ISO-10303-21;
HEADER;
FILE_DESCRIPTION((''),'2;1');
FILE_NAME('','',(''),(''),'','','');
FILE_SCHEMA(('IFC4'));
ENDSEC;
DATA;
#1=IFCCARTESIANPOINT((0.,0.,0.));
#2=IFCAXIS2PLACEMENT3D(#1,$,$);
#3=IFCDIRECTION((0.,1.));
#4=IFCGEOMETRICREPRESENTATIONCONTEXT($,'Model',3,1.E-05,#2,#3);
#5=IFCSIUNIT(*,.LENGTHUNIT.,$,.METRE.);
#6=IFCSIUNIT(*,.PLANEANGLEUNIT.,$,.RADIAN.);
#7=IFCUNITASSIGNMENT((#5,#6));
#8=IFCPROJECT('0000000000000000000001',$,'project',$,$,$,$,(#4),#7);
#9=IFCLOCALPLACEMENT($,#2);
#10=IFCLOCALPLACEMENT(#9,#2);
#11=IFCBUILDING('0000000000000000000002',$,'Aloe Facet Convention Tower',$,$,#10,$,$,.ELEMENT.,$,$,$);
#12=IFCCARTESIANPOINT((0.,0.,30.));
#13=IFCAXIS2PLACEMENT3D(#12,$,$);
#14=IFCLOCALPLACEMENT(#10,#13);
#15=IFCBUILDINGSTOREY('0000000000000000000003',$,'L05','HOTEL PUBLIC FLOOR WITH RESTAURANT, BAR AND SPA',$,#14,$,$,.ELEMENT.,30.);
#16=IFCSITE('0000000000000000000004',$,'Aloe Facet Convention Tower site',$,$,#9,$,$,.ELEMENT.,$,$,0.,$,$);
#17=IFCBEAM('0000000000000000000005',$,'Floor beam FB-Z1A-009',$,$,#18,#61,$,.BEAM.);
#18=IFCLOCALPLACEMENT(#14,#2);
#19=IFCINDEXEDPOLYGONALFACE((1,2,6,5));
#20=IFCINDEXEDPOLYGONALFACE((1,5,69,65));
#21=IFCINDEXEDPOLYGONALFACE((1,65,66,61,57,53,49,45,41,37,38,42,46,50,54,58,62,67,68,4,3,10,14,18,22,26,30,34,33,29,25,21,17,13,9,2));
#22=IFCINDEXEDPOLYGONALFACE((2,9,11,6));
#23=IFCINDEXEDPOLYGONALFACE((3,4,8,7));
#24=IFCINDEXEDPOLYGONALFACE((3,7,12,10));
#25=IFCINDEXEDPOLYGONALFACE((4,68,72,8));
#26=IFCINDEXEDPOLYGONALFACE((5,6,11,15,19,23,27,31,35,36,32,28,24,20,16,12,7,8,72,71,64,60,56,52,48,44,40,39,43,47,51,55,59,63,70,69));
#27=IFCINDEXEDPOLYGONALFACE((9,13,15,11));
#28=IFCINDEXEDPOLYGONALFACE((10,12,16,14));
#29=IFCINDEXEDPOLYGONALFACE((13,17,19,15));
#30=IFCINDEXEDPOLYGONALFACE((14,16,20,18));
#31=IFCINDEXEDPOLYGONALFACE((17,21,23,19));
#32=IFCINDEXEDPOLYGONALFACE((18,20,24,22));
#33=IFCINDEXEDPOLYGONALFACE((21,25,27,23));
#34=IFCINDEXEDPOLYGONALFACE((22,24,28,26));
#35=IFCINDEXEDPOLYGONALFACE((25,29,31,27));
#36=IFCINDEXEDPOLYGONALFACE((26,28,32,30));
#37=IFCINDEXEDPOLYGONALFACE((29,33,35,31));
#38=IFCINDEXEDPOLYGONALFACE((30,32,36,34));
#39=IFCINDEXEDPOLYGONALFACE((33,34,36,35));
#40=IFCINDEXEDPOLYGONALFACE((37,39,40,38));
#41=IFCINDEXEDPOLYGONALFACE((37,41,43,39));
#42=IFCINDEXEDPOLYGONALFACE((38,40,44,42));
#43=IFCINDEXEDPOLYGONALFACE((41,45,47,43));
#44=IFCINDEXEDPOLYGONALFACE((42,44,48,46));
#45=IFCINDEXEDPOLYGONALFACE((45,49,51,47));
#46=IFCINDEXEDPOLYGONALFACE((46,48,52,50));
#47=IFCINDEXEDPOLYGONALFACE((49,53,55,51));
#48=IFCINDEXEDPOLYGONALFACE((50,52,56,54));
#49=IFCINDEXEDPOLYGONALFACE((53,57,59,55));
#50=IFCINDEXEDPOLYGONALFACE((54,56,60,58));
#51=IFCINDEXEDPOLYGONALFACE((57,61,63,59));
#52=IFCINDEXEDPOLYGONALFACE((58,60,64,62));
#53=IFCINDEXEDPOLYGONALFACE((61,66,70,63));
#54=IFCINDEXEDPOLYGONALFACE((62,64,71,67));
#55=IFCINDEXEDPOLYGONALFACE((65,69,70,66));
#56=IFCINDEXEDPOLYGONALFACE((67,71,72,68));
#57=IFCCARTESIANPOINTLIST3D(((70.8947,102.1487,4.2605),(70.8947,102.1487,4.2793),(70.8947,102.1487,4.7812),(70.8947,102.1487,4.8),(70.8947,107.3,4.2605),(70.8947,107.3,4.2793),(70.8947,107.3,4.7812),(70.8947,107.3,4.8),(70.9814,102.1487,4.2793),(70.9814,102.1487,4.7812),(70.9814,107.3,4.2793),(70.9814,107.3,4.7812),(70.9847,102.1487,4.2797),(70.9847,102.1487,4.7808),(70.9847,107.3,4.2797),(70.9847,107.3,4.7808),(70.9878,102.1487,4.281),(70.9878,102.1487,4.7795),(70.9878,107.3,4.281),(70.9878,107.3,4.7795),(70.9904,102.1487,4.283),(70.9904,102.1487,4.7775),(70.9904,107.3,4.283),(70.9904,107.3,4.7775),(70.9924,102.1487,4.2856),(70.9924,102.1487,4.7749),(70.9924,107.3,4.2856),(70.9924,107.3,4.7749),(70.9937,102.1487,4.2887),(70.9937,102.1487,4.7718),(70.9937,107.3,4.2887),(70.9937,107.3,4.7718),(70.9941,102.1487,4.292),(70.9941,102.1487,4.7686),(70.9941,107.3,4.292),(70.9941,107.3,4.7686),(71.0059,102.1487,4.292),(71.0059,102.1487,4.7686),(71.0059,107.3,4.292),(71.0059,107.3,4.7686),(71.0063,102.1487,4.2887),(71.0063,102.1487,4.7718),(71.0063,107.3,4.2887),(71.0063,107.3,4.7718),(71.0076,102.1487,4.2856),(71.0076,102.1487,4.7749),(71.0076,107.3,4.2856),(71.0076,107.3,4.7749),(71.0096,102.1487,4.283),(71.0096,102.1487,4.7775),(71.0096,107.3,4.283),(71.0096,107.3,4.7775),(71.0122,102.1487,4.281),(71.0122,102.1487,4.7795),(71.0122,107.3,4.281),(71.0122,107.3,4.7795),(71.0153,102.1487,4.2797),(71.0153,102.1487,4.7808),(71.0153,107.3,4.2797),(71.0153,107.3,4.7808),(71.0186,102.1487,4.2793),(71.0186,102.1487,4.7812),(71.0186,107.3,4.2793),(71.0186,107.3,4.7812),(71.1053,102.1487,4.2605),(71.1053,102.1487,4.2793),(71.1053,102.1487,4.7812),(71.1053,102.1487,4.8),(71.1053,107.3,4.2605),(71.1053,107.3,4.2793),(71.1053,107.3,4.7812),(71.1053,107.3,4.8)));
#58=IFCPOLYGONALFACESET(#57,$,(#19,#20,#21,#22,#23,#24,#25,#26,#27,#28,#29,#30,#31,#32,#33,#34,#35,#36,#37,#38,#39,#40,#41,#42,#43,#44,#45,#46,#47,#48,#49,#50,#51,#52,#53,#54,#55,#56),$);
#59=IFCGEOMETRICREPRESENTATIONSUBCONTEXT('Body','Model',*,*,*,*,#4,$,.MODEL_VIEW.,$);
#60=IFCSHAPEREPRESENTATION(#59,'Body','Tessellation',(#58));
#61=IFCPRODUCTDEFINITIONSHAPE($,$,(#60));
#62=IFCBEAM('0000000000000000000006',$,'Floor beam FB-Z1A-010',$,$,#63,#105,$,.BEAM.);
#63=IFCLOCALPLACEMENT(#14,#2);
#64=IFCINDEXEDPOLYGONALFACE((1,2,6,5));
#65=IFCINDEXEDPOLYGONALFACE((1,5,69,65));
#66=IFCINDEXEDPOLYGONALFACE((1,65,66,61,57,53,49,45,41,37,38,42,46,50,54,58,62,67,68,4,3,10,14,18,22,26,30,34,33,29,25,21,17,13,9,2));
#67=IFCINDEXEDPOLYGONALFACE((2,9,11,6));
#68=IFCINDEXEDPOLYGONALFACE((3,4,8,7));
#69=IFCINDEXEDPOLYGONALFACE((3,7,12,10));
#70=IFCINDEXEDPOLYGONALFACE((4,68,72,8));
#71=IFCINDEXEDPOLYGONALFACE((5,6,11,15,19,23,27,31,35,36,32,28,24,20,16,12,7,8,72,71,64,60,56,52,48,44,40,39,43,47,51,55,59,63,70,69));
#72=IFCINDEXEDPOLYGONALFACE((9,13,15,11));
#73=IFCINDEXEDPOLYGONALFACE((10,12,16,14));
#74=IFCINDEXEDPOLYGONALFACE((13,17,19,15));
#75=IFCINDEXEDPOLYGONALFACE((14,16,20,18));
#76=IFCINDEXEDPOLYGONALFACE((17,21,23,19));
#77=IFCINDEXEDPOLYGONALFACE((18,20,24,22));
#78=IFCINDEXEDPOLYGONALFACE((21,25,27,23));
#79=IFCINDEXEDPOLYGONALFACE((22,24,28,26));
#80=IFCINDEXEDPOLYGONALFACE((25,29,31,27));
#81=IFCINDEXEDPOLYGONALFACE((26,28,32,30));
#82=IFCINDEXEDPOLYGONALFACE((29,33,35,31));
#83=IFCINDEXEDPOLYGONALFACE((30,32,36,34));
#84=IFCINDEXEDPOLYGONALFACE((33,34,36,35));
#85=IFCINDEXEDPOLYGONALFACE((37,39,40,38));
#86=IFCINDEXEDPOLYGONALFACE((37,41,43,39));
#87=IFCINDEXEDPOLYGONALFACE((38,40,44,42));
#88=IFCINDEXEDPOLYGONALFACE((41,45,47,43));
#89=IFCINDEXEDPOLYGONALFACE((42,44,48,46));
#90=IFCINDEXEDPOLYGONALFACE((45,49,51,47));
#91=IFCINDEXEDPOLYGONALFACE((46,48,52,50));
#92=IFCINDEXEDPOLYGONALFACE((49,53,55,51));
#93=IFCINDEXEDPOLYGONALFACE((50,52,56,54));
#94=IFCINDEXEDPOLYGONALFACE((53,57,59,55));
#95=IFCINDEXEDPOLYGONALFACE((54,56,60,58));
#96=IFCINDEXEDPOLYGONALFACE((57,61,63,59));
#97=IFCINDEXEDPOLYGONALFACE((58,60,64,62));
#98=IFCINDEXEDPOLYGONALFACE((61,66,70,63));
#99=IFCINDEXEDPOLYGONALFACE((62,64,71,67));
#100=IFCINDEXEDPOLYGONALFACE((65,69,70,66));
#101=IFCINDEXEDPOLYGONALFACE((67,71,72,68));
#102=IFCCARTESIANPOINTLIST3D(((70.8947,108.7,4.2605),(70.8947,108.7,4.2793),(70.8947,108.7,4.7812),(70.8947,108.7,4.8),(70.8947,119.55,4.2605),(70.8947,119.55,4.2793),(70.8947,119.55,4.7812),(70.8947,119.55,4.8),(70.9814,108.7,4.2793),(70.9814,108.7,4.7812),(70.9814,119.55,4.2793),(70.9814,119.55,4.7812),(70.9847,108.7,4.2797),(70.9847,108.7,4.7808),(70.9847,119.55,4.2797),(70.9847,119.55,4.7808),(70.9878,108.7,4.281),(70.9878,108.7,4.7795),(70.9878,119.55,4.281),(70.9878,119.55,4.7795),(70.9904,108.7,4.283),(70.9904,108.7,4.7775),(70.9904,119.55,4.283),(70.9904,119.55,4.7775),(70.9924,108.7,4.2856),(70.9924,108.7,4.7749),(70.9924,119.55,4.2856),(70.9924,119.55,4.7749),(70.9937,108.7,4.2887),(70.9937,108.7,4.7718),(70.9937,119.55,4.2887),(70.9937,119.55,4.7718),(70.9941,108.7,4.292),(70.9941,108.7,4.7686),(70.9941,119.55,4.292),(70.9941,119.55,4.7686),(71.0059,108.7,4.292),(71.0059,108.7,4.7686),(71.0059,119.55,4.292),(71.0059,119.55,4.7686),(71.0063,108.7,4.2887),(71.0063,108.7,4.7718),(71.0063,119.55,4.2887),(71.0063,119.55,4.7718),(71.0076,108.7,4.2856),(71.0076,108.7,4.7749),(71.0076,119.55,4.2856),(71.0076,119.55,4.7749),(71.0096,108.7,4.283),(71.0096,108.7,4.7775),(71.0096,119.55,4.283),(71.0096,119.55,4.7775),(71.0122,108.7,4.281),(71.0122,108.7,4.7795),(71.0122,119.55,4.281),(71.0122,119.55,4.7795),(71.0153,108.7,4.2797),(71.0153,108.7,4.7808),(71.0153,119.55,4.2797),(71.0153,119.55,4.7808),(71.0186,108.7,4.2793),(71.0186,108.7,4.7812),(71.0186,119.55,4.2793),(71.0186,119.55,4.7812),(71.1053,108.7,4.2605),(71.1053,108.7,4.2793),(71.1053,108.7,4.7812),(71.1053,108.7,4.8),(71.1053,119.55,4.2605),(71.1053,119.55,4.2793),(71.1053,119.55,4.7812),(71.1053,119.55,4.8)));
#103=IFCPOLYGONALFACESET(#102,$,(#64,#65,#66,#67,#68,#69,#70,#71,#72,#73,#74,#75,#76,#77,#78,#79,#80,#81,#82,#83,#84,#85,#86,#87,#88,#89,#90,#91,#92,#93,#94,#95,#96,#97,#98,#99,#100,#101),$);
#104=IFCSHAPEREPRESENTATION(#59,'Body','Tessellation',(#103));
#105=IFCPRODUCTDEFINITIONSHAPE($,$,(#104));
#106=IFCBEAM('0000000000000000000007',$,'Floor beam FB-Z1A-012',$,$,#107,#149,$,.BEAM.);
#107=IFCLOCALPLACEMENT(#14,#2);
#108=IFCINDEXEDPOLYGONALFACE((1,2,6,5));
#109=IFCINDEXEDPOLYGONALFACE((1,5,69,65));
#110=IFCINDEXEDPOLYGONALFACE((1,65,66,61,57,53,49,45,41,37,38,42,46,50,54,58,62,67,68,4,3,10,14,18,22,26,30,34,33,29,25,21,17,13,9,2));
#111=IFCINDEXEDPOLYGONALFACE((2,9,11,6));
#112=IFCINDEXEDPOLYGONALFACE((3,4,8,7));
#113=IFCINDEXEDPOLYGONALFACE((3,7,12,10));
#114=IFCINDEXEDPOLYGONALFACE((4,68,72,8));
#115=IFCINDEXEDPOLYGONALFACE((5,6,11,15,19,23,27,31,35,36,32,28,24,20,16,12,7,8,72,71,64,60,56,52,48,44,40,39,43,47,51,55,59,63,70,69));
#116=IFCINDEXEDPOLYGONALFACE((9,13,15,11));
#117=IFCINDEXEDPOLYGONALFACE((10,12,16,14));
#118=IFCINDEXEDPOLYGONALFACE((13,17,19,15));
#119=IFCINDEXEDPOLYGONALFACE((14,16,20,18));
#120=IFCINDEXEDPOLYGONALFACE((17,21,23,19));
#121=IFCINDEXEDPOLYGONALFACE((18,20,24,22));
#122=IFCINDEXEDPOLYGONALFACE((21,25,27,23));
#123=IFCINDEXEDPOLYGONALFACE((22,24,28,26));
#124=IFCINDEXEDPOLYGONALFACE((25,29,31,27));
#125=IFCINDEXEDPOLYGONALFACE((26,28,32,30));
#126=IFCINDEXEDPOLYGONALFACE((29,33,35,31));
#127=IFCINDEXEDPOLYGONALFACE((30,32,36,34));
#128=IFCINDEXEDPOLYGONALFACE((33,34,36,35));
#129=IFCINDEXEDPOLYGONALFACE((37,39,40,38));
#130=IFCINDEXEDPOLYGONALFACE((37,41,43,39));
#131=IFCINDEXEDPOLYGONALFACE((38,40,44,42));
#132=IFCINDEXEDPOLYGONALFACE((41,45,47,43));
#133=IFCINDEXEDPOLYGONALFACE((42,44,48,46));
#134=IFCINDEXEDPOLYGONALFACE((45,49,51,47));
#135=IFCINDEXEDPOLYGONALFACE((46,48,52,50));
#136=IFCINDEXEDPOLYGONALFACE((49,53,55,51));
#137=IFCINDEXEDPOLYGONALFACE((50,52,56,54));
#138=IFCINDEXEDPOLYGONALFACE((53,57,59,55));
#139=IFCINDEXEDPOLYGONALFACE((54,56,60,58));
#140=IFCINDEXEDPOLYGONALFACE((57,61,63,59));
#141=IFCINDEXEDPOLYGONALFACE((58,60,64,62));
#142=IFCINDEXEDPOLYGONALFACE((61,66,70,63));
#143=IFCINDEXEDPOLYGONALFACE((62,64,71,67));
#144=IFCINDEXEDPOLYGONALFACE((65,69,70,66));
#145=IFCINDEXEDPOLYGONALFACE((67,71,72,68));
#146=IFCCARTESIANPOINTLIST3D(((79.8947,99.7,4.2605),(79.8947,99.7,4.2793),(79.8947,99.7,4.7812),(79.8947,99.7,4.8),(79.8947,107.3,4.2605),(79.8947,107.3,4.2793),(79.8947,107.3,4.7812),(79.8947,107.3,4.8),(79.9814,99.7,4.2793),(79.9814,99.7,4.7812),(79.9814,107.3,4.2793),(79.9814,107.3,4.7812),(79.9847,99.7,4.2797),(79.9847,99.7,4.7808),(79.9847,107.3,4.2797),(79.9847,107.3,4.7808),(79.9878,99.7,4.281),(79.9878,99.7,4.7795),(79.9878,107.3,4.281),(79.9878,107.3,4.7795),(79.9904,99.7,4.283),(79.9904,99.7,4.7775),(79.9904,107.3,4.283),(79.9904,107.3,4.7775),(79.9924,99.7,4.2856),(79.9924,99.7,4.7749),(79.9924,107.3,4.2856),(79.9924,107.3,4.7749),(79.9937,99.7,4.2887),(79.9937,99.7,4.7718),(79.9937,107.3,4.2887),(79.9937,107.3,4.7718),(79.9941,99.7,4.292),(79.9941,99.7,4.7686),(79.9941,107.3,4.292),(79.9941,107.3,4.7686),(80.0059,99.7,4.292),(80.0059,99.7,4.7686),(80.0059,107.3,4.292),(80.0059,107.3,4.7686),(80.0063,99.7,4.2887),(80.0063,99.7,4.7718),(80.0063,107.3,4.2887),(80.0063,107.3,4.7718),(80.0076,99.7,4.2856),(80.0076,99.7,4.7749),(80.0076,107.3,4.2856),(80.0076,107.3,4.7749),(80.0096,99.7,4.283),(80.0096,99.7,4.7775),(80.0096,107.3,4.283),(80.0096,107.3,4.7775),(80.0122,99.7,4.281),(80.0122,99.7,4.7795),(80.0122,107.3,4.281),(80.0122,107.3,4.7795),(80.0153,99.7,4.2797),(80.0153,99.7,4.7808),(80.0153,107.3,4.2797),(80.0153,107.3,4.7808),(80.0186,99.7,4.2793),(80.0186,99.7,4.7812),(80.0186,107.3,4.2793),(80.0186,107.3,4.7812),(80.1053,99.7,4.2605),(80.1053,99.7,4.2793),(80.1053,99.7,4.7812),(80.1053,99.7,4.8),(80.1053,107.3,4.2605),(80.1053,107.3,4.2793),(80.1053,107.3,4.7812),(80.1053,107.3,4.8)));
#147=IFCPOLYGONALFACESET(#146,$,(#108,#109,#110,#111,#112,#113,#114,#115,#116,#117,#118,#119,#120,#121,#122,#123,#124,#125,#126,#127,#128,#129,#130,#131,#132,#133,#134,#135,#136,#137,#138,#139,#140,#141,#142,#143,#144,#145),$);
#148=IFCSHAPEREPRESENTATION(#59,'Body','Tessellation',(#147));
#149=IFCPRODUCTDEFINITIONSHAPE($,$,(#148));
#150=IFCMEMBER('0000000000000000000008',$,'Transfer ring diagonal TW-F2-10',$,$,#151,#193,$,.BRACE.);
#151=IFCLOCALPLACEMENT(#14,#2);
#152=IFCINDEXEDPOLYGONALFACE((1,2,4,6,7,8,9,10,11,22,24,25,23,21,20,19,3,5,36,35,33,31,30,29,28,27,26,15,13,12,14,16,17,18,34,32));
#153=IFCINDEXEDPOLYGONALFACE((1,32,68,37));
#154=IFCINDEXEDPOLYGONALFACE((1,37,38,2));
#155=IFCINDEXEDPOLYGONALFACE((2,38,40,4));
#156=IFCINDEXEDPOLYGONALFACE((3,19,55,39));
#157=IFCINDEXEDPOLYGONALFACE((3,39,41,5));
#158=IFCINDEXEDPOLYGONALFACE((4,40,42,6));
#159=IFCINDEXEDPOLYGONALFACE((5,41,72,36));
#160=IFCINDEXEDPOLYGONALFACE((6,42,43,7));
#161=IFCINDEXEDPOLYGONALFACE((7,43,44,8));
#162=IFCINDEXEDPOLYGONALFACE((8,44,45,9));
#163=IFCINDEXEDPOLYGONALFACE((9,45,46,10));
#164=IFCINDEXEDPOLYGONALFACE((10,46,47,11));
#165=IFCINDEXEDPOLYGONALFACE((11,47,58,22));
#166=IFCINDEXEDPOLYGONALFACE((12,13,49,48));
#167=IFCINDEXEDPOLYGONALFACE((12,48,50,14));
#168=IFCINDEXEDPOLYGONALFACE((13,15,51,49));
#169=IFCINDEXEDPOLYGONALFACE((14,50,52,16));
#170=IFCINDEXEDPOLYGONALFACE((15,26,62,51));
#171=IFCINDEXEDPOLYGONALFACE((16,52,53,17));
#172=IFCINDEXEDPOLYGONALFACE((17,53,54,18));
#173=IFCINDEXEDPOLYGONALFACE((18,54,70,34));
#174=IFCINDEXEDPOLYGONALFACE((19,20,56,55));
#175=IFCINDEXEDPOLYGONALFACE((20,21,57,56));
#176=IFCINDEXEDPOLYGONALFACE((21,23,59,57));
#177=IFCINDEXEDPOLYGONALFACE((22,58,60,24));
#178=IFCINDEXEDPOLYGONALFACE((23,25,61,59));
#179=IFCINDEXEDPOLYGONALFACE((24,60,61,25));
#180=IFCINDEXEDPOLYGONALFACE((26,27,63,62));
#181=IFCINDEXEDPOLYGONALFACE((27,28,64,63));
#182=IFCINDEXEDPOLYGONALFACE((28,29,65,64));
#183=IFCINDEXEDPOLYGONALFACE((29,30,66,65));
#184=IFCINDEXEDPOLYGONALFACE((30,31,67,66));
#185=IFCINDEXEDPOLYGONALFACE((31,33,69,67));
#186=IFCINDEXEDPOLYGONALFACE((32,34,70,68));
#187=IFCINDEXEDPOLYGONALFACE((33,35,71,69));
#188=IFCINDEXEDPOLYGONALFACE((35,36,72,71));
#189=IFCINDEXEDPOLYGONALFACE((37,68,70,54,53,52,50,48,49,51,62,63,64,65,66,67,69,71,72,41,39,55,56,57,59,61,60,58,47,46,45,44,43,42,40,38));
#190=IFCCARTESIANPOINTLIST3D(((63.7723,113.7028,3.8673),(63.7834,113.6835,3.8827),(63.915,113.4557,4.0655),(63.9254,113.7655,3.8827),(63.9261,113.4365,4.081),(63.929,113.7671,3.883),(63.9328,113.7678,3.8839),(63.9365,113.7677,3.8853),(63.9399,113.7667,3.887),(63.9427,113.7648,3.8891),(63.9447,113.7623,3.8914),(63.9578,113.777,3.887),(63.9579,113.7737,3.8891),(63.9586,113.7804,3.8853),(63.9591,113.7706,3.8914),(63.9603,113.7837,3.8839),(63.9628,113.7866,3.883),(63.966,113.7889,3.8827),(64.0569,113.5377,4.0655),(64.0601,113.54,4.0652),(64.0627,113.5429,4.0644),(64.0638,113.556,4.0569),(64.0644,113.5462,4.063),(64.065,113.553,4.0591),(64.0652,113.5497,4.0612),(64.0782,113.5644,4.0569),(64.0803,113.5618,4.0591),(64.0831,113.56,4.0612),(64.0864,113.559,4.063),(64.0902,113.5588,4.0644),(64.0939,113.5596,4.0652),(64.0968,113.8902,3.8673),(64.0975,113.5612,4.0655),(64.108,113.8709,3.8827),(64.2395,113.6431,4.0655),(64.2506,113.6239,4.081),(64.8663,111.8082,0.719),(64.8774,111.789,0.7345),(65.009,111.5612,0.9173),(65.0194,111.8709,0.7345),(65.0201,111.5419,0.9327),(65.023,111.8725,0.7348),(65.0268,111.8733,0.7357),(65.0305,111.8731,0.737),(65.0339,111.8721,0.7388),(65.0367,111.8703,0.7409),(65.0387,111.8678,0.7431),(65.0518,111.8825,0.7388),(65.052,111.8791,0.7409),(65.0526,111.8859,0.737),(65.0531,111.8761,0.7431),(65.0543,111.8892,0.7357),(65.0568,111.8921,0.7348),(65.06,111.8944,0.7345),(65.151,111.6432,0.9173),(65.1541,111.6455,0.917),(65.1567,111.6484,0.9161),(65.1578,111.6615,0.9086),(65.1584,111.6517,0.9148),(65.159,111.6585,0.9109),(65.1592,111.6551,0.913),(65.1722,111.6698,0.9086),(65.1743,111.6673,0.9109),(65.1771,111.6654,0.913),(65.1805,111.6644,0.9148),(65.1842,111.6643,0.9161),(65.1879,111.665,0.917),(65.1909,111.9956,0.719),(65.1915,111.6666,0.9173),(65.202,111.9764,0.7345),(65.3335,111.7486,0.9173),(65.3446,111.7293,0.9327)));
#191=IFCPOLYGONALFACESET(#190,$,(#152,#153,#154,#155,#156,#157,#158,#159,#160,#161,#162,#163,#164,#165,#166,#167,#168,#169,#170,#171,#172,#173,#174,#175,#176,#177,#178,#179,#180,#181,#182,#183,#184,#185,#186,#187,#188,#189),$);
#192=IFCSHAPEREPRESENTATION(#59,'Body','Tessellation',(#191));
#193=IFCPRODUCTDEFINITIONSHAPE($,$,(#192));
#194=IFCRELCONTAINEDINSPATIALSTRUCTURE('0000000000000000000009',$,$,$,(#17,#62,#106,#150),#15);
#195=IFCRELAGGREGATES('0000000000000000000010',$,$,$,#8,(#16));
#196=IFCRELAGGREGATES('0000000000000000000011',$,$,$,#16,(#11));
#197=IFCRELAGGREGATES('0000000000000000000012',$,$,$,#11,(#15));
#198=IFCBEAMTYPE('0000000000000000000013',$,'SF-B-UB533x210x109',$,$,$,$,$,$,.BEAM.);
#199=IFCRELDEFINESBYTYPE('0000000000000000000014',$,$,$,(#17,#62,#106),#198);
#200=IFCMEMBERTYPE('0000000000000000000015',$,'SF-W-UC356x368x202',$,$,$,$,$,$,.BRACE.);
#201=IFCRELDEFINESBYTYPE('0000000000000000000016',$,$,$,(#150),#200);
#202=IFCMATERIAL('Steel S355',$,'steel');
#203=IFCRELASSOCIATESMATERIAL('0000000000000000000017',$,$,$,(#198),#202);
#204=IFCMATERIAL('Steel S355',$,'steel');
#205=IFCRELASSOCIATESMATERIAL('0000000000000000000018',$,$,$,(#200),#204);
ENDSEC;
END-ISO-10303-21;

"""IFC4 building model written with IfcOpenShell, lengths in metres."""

from ifc_helpers import new_model, si_unit, direction, frame, origin, origin_2d, place, context, subcontext, project, spatial, i_section, extrude, material, material_profile, profile_set, type_object, element, save


model = new_model("IFC4")

# Units and contexts
model_context = context("Model", 3, precision=1e-05, world=origin(), true_north=direction((0.0, 1.0)))
body_context = subcontext(model_context, "Body", "Model", "MODEL_VIEW")
ifc_project = project(units=[si_unit("LENGTHUNIT", "METRE"), si_unit("PLANEANGLEUNIT", "RADIAN")], contexts=[model_context])

# Site, building, storey
site_placement = place(None, origin())
site = spatial("IfcSite", under=ifc_project, at=site_placement, Name="Aloe Facet Convention Tower site", CompositionType="ELEMENT", RefElevation=0.0)
building_placement = place(site_placement, origin())
building = spatial("IfcBuilding", under=site, at=building_placement, Name="Aloe Facet Convention Tower", CompositionType="ELEMENT")
storey_placement = place(building_placement, frame((0.0, 0.0, 30.0)))
storey = spatial("IfcBuildingStorey", under=building, at=storey_placement, Name="L05", Description="HOTEL PUBLIC FLOOR WITH RESTAURANT, BAR AND SPA", CompositionType="ELEMENT", Elevation=30.0)

# Beams
ifc_material_1 = material(Name="Steel S355", Category="steel")
ifc_material_profile_1 = material_profile(ifc_material_1, i_section(OverallWidth=0.2107, OverallDepth=0.5396, WebThickness=0.0117, FlangeThickness=0.0188, FilletRadius=0.0127, at=origin_2d()), Name="UB 533x210x109")
ifc_profile_set_1 = profile_set([ifc_material_profile_1], Name="Steel S355")
beam_type_1 = type_object("IfcBeamType", Name="SF-B-UB533x210x109", PredefinedType="BEAM", material=ifc_profile_set_1)
beam_1_placement = place(storey_placement, frame((71.0, 107.3, 4.5303), z_axis=(0.0, -1.0, 0.0), x_axis=(1.0, 0.0, 0.0)))
element("IfcBeam", 1, at=beam_1_placement, inside=storey, type_object=beam_type_1, Name="Floor beam FB-Z1A-009", PredefinedType="BEAM", context=body_context, shape_type="SweptSolid", body=[
    extrude(i_section(OverallWidth=0.2107, OverallDepth=0.5396, WebThickness=0.0117, FlangeThickness=0.0188, FilletRadius=0.0127, at=origin_2d()), origin(), (0.0, 0.0, 1.0), 5.1514),
])
beam_2_placement = place(storey_placement, frame((71.0, 119.55, 4.5303), z_axis=(0.0, -1.0, 0.0), x_axis=(1.0, 0.0, 0.0)))
element("IfcBeam", 2, at=beam_2_placement, inside=storey, type_object=beam_type_1, Name="Floor beam FB-Z1A-010", PredefinedType="BEAM", context=body_context, shape_type="SweptSolid", body=[
    extrude(i_section(OverallWidth=0.2107, OverallDepth=0.5396, WebThickness=0.0117, FlangeThickness=0.0188, FilletRadius=0.0127, at=origin_2d()), origin(), (0.0, 0.0, 1.0), 10.8501),
])
beam_3_placement = place(storey_placement, frame((80.0, 107.3, 4.5303), z_axis=(0.0, -1.0, 0.0), x_axis=(1.0, 0.0, 0.0)))
element("IfcBeam", 3, at=beam_3_placement, inside=storey, type_object=beam_type_1, Name="Floor beam FB-Z1A-012", PredefinedType="BEAM", context=body_context, shape_type="SweptSolid", body=[
    extrude(i_section(OverallWidth=0.2107, OverallDepth=0.5396, WebThickness=0.0117, FlangeThickness=0.0188, FilletRadius=0.0127, at=origin_2d()), origin(), (0.0, 0.0, 1.0), 7.6001),
])

# Member
ifc_material_2 = material(Name="Steel S355", Category="steel")
ifc_material_profile_2 = material_profile(ifc_material_2, i_section(OverallWidth=0.3748, OverallDepth=0.3745, WebThickness=0.0166, FlangeThickness=0.0271, FilletRadius=0.0151, at=origin_2d()), Name="UC 356x368x202")
ifc_profile_set_2 = profile_set([ifc_material_profile_2], Name="Steel S355")
member_type_1 = type_object("IfcMemberType", Name="SF-W-UC356x368x202", PredefinedType="BRACE", material=ifc_profile_set_2)
for number, where, z_axis, x_axis, name in (
    (4, (64.0115, 113.6633, 3.9741), (0.285363, -0.494179, -0.821191), (0.865989, 0.500064, 0.0), "Transfer ring diagonal TW-F2-10"),
):
    element("IfcMember", number, at=place(storey_placement, frame(where, z_axis=z_axis, x_axis=x_axis)), inside=storey, type_object=member_type_1, Name=name, PredefinedType="BRACE", context=body_context, shape_type="SweptSolid", body=[
        extrude(i_section(OverallWidth=0.3748, OverallDepth=0.3745, WebThickness=0.0166, FlangeThickness=0.0271, FilletRadius=0.0151, at=origin_2d()), origin(), (0.0, 0.0, 1.0), 3.8337),
    ])

save(model, "model.ifc")
